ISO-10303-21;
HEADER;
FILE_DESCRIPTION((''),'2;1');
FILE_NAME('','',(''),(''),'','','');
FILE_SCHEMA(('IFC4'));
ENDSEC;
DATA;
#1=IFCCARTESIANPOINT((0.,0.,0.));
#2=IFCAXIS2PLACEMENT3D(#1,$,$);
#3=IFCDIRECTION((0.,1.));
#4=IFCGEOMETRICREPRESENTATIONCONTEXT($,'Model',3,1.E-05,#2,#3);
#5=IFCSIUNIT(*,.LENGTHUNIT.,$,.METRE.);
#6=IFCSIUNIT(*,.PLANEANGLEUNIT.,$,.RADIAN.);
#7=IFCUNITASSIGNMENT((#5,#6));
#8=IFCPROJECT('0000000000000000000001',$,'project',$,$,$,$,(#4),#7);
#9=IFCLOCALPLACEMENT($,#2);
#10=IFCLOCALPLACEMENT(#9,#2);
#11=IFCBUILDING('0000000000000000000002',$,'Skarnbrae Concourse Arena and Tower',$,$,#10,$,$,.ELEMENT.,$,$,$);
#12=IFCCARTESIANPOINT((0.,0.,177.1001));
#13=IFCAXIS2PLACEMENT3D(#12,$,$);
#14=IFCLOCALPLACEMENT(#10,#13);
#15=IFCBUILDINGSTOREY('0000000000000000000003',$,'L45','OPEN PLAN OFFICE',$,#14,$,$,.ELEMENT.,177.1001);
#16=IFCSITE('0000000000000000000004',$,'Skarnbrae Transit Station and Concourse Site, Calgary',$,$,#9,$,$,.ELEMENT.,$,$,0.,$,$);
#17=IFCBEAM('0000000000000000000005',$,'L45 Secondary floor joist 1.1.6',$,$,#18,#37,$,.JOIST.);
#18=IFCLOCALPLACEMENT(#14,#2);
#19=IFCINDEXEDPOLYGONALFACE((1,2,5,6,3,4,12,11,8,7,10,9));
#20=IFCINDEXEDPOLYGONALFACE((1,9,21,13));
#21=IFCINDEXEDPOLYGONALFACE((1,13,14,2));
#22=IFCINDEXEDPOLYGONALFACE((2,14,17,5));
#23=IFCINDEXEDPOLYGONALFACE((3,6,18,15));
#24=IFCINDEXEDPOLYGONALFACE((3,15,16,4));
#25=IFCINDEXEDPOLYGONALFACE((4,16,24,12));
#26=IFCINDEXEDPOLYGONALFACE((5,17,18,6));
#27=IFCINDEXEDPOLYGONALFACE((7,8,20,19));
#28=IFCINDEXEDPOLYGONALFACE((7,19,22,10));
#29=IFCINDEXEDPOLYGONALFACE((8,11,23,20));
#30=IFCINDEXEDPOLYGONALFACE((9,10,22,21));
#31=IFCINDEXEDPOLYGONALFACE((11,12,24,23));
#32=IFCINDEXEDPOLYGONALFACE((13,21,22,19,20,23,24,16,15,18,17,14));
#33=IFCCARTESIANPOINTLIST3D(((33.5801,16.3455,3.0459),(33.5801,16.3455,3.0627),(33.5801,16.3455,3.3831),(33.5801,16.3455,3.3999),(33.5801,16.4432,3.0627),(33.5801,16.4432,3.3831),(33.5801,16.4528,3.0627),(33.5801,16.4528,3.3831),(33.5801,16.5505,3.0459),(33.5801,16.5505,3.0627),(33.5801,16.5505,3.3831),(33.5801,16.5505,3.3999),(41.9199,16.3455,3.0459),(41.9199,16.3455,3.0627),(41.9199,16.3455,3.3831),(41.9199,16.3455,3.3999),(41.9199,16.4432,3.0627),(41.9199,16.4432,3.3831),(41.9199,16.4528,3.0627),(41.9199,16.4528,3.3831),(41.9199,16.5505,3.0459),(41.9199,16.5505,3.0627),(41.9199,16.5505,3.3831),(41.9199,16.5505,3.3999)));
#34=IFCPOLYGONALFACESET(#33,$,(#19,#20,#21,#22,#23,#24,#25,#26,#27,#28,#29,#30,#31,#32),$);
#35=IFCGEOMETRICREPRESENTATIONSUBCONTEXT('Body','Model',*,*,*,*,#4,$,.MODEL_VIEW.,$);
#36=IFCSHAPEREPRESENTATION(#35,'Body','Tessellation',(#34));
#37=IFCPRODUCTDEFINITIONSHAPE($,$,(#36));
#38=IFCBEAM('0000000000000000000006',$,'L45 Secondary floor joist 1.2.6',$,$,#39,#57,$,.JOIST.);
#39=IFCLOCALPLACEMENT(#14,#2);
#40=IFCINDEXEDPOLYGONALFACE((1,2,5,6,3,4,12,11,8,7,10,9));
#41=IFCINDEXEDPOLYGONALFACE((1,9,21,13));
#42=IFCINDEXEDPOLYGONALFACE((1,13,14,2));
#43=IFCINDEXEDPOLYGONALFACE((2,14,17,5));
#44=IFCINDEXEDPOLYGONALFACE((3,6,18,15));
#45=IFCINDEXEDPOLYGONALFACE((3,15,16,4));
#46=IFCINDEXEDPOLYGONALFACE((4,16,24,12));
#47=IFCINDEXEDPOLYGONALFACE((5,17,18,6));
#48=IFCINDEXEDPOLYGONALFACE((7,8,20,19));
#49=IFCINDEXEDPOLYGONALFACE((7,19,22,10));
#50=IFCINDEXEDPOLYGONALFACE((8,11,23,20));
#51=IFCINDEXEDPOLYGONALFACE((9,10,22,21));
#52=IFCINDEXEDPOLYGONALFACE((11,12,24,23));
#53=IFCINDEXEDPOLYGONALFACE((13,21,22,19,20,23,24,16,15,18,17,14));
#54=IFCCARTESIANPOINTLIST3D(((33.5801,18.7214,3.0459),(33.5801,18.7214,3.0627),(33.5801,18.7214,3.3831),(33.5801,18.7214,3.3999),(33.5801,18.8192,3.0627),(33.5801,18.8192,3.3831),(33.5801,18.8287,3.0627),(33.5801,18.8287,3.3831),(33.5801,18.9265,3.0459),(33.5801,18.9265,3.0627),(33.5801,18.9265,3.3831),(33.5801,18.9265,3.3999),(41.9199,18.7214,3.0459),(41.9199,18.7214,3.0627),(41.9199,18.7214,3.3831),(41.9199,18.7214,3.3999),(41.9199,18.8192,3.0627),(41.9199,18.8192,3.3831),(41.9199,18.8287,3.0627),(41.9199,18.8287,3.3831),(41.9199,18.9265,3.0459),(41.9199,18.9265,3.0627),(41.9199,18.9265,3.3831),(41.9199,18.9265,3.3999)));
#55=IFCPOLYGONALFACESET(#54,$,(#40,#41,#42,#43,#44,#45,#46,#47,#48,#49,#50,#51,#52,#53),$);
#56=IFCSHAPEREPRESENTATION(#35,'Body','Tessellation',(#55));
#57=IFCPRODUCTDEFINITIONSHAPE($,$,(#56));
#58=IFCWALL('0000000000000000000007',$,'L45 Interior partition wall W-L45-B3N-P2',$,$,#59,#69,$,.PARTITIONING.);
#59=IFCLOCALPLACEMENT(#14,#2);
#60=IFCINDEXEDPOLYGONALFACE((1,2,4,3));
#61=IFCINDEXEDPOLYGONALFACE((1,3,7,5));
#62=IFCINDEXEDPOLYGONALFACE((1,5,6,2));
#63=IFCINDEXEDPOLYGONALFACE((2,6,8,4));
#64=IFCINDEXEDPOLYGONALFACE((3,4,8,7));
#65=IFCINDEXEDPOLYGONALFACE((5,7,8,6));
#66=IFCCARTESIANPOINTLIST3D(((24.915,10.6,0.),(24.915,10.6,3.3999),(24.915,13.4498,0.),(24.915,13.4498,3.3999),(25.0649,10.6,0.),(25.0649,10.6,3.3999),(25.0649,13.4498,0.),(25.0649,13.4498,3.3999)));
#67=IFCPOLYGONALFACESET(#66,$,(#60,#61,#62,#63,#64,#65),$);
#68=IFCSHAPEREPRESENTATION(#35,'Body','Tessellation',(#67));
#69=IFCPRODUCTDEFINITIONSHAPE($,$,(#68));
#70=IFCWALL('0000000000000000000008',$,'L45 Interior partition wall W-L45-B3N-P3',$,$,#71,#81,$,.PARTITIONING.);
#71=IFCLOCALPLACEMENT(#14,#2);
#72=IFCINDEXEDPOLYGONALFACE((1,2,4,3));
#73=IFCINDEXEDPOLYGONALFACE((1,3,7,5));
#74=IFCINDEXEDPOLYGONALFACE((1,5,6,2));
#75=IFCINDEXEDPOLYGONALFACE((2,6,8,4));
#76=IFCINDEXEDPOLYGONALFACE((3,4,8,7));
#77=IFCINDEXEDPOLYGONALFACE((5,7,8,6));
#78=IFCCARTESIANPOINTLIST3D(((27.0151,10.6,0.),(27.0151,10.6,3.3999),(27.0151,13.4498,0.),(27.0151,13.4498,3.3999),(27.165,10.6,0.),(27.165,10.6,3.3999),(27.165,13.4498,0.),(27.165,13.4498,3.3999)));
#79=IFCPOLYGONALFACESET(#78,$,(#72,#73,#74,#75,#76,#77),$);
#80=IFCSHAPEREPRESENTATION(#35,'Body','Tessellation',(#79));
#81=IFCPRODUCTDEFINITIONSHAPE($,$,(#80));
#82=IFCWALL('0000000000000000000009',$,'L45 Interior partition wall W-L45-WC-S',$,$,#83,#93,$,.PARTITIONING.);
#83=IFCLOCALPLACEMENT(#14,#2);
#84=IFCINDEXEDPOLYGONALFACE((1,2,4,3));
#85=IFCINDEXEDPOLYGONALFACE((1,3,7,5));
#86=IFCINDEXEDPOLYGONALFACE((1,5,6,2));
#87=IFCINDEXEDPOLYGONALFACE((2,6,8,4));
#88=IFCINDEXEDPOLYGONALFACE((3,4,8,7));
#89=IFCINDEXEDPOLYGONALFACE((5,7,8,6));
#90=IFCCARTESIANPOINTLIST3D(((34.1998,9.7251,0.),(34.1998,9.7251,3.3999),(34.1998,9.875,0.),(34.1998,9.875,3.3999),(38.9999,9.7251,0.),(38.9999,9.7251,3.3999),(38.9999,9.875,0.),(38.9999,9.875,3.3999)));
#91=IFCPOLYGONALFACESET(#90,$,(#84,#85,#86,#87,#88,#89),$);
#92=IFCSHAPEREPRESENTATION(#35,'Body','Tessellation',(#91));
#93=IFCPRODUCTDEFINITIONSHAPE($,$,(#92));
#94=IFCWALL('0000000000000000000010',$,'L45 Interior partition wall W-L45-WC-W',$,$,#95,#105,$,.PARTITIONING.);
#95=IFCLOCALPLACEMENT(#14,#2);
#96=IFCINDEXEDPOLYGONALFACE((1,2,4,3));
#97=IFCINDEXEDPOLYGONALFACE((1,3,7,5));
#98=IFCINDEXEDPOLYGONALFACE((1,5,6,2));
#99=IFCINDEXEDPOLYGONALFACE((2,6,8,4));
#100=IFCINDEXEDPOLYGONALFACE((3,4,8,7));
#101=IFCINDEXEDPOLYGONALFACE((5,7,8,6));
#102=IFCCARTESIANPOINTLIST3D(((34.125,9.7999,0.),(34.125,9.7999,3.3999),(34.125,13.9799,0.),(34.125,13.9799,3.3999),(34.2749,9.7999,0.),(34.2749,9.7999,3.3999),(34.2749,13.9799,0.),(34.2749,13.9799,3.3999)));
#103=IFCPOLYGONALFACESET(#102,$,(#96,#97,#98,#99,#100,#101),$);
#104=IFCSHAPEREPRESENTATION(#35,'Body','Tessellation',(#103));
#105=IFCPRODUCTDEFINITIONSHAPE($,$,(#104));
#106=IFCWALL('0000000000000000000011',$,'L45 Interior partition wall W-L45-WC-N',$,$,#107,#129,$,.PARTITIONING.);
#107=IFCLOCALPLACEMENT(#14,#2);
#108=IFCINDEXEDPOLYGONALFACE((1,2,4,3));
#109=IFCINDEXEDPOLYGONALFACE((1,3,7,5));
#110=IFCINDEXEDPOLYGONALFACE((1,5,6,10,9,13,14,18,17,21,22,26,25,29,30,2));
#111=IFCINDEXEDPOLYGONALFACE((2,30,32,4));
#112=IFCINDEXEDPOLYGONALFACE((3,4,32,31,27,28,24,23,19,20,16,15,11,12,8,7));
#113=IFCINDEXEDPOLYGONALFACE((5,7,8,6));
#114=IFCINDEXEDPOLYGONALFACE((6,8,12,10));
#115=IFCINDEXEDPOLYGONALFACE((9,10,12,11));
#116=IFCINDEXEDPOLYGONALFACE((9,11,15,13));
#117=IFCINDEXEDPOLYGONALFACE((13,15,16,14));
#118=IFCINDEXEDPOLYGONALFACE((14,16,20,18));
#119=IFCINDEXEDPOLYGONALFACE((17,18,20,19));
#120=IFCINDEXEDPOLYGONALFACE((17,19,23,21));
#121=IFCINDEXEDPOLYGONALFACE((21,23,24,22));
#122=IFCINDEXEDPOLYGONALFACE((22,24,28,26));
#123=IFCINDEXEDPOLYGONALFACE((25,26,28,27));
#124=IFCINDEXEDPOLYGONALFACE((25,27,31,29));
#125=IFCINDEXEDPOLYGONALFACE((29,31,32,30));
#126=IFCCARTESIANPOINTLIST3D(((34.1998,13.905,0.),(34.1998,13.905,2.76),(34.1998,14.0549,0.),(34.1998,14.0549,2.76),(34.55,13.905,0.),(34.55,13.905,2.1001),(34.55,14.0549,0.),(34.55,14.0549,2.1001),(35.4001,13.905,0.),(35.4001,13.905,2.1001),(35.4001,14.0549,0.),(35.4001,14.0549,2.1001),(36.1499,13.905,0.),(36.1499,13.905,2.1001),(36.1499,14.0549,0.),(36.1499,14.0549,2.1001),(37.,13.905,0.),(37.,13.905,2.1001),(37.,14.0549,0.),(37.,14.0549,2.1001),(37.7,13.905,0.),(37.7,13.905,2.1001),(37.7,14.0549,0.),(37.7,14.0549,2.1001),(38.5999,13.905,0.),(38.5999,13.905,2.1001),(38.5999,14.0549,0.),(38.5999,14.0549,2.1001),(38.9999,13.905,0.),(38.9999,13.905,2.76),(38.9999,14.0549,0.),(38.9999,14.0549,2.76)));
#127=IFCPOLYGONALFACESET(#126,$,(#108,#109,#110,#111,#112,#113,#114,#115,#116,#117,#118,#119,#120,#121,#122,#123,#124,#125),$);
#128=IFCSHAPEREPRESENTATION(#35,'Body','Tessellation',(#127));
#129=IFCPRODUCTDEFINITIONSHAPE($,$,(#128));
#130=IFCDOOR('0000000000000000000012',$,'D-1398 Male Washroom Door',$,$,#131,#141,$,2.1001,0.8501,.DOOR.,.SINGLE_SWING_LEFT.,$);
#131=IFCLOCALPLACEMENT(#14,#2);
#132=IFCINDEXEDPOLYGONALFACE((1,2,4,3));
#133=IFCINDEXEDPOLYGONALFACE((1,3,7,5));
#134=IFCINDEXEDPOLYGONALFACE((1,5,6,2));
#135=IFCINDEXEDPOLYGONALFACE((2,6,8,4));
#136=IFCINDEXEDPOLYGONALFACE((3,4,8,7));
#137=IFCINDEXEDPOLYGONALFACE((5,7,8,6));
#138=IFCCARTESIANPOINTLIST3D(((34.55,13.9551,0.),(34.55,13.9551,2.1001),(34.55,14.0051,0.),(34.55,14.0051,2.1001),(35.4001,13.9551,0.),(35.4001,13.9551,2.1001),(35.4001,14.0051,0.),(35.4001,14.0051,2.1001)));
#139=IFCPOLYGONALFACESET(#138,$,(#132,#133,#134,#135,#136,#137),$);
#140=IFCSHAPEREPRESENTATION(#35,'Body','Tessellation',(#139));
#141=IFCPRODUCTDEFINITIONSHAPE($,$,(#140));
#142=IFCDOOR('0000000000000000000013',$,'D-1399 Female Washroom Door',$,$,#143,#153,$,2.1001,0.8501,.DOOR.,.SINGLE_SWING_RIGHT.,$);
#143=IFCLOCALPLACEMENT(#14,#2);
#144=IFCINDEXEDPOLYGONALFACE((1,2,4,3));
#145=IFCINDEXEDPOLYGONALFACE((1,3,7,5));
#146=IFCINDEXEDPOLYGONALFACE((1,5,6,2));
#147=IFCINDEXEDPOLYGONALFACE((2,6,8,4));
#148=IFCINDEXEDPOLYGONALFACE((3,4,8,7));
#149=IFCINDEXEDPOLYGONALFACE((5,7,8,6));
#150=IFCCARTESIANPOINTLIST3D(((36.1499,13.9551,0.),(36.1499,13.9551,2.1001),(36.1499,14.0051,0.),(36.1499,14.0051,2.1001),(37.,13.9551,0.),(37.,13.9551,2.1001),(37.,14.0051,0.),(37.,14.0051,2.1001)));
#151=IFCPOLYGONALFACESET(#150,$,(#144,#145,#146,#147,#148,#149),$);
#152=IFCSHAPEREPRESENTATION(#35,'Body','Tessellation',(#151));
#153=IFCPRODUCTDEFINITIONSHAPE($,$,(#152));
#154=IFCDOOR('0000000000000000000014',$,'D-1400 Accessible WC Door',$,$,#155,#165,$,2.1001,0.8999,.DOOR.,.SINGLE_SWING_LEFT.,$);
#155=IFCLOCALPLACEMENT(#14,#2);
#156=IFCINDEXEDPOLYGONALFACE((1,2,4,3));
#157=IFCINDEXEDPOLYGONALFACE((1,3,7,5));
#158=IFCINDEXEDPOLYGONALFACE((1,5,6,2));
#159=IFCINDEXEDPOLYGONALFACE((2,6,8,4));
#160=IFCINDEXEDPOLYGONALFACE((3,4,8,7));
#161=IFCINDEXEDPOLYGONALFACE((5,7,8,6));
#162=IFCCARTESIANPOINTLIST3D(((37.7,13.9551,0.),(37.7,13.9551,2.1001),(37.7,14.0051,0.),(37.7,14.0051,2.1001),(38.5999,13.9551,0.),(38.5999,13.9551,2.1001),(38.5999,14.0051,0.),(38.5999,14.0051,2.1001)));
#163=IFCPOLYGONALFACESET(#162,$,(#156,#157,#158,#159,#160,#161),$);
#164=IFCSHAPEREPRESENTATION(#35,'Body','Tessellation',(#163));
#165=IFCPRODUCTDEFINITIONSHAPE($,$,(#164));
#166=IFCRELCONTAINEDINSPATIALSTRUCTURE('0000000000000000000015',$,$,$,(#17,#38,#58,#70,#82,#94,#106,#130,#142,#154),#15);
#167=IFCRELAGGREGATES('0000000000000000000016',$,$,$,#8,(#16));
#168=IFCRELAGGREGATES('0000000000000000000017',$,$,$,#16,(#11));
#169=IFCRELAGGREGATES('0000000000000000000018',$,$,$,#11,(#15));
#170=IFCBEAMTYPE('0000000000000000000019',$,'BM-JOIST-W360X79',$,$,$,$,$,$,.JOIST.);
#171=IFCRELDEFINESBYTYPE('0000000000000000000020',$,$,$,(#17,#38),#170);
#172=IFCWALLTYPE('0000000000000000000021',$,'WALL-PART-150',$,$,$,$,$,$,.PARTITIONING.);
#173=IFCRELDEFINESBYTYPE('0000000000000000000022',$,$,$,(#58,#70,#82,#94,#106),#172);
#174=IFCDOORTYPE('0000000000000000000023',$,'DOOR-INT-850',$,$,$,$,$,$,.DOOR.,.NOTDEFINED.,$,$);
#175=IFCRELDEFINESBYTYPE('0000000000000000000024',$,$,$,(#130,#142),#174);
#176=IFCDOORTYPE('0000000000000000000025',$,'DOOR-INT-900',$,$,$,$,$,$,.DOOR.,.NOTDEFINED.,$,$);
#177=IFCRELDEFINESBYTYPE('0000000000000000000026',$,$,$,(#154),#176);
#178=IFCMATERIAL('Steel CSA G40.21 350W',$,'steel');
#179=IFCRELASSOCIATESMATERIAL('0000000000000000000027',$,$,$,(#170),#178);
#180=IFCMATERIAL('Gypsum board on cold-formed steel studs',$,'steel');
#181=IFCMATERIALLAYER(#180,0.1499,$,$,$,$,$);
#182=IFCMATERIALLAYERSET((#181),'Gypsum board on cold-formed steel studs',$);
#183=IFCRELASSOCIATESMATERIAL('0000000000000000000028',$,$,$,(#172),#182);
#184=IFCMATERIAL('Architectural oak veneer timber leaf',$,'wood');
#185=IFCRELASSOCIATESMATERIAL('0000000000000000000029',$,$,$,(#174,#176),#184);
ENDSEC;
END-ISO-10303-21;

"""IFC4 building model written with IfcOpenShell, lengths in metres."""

from ifc_helpers import new_model, si_unit, direction, frame, frame_2d, origin, origin_2d, place, context, subcontext, project, spatial, rectangle, i_section, extrude, source, transform, mapped, material, layer, layer_set, material_profile, profile_set, type_object, element, fill, save


model = new_model("IFC4")

# Units and contexts
model_context = context("Model", 3, precision=1e-05, world=origin(), true_north=direction((0.0, 1.0)))
body_context = subcontext(model_context, "Body", "Model", "MODEL_VIEW")
ifc_project = project(units=[si_unit("LENGTHUNIT", "METRE"), si_unit("PLANEANGLEUNIT", "RADIAN")], contexts=[model_context])

# Site, building, storey
site_placement = place(None, origin())
site = spatial("IfcSite", under=ifc_project, at=site_placement, Name="Skarnbrae Transit Station and Concourse Site, Calgary", CompositionType="ELEMENT", RefElevation=0.0)
building_placement = place(site_placement, origin())
building = spatial("IfcBuilding", under=site, at=building_placement, Name="Skarnbrae Concourse Arena and Tower", CompositionType="ELEMENT")
storey_placement = place(building_placement, frame((0.0, 0.0, 177.1001)))
storey = spatial("IfcBuildingStorey", under=building, at=storey_placement, Name="L45", Description="OPEN PLAN OFFICE", CompositionType="ELEMENT", Elevation=177.1001)

# Shared definitions
ifc_material_1 = material(Name="Steel CSA G40.21 350W", Category="steel")

# Beams
ifc_material_profile_1 = material_profile(ifc_material_1, i_section(OverallWidth=0.2051, OverallDepth=0.354, WebThickness=0.0095, FlangeThickness=0.0168, at=origin_2d()), Name="W360X79")
ifc_profile_set_1 = profile_set([ifc_material_profile_1], Name="Steel CSA G40.21 350W")
beam_type_1 = type_object("IfcBeamType", Name="BM-JOIST-W360X79", PredefinedType="JOIST", material=ifc_profile_set_1)
shared_shape_1 = source(origin(), body_context, "Body", "SweptSolid", [
    extrude(i_section(OverallWidth=0.2051, OverallDepth=0.354, WebThickness=0.0095, FlangeThickness=0.0168, at=origin_2d()), origin(), (0.0, 0.0, 1.0), 8.3398),
])
for number, where, z_axis, x_axis, name in (
    (1, (33.5801, 16.448, 3.2229), (1.0, 0.0, 0.0), (0.0, 1.0, 0.0), "L45 Secondary floor joist 1.1.6"),
    (2, (33.5801, 18.824, 3.2229), (1.0, 0.0, 0.0), (0.0, 1.0, 0.0), "L45 Secondary floor joist 1.2.6"),
):
    element("IfcBeam", number, at=place(storey_placement, frame(where, z_axis=z_axis, x_axis=x_axis)), inside=storey, type_object=beam_type_1, Name=name, PredefinedType="JOIST", context=body_context, shape_type="MappedRepresentation", body=[
        mapped(shared_shape_1, transform((0.0, 0.0, 0.0))),
    ])

# Walls
ifc_material_2 = material(Name="Gypsum board on cold-formed steel studs", Category="steel")
ifc_layer_1 = layer(ifc_material_2, 0.1499)
ifc_layer_set_1 = layer_set([ifc_layer_1], Name="Gypsum board on cold-formed steel studs")
wall_type_1 = type_object("IfcWallType", Name="WALL-PART-150", PredefinedType="PARTITIONING", material=ifc_layer_set_1)
shared_shape_2 = source(origin(), body_context, "Body", "SweptSolid", [
    extrude(rectangle(XDim=2.8499, YDim=0.1499, at=frame_2d((1.4248, 0.0))), origin(), (0.0, 0.0, 1.0), 3.3999),
])
for number, where, z_axis, x_axis, name in (
    (3, (24.99, 10.6001, 0.0), (0.0, 0.0, 1.0), (0.0, 1.0, 0.0), "L45 Interior partition wall W-L45-B3N-P2"),
    (4, (27.0901, 10.6001, 0.0), (0.0, 0.0, 1.0), (0.0, 1.0, 0.0), "L45 Interior partition wall W-L45-B3N-P3"),
):
    element("IfcWall", number, at=place(storey_placement, frame(where, z_axis=z_axis, x_axis=x_axis)), inside=storey, type_object=wall_type_1, Name=name, PredefinedType="PARTITIONING", context=body_context, shape_type="MappedRepresentation", body=[
        mapped(shared_shape_2, transform((0.0, 0.0, 0.0))),
    ])
shared_shape_3 = source(origin(), body_context, "Body", "SweptSolid", [
    extrude(rectangle(XDim=4.8, YDim=0.1499, at=frame_2d((2.3999, 0.0))), origin(), (0.0, 0.0, 1.0), 3.3999),
])
wall_1_placement = place(storey_placement, frame((34.2, 9.8, 0.0), z_axis=(0.0, 0.0, 1.0), x_axis=(1.0, 0.0, 0.0)))
element("IfcWall", 5, at=wall_1_placement, inside=storey, type_object=wall_type_1, Name="L45 Interior partition wall W-L45-WC-S", PredefinedType="PARTITIONING", context=body_context, shape_type="MappedRepresentation", body=[
    mapped(shared_shape_3, transform((0.0, 0.0, 0.0))),
])
shared_shape_4 = source(origin(), body_context, "Body", "SweptSolid", [
    extrude(rectangle(XDim=4.1799, YDim=0.1499, at=frame_2d((2.0898, 0.0))), origin(), (0.0, 0.0, 1.0), 3.3999),
])
wall_2_placement = place(storey_placement, frame((34.2, 9.8, 0.0), z_axis=(0.0, 0.0, 1.0), x_axis=(0.0, 1.0, 0.0)))
element("IfcWall", 6, at=wall_2_placement, inside=storey, type_object=wall_type_1, Name="L45 Interior partition wall W-L45-WC-W", PredefinedType="PARTITIONING", context=body_context, shape_type="MappedRepresentation", body=[
    mapped(shared_shape_4, transform((0.0, 0.0, 0.0))),
])

# Wall, openings, doors
shared_shape_5 = source(origin(), body_context, "Body", "SweptSolid", [
    extrude(rectangle(XDim=4.8, YDim=0.1499, at=frame_2d((2.3999, 0.0))), origin(), (0.0, 0.0, 1.0), 2.76),
])
wall_3_placement = place(storey_placement, frame((34.2, 13.98, 0.0), z_axis=(0.0, 0.0, 1.0), x_axis=(1.0, 0.0, 0.0)))
wall_3 = element("IfcWall", 7, at=wall_3_placement, inside=storey, type_object=wall_type_1, Name="L45 Interior partition wall W-L45-WC-N", PredefinedType="PARTITIONING", context=body_context, shape_type="MappedRepresentation", body=[
    mapped(shared_shape_5, transform((0.0, 0.0, 0.0))),
])
opening_1_placement = place(wall_3_placement, frame((0.3501, 0.0, 0.0)))
opening_1 = element("IfcOpeningElement", 8, at=opening_1_placement, cuts=wall_3, PredefinedType="OPENING", context=body_context, shape_type="SweptSolid", body=[
    extrude(rectangle(XDim=0.8501, YDim=2.1001, at=frame_2d((0.425, 1.05))), frame((0.0, 0.085, 0.0), z_axis=(0.0, -1.0, 0.0), x_axis=(1.0, 0.0, 0.0)), (0.0, 0.0, 1.0), 0.1699),
])
opening_2_placement = place(wall_3_placement, frame((1.95, 0.0, 0.0)))
opening_2 = element("IfcOpeningElement", 9, at=opening_2_placement, cuts=wall_3, PredefinedType="OPENING", context=body_context, shape_type="SweptSolid", body=[
    extrude(rectangle(XDim=0.8501, YDim=2.1001, at=frame_2d((0.425, 1.05))), frame((0.0, 0.085, 0.0), z_axis=(0.0, -1.0, 0.0), x_axis=(1.0, 0.0, 0.0)), (0.0, 0.0, 1.0), 0.1699),
])
opening_3_placement = place(wall_3_placement, frame((3.5, 0.0, 0.0)))
opening_3 = element("IfcOpeningElement", 10, at=opening_3_placement, cuts=wall_3, PredefinedType="OPENING", context=body_context, shape_type="SweptSolid", body=[
    extrude(rectangle(XDim=0.8999, YDim=2.1001, at=frame_2d((0.45, 1.05))), frame((0.0, 0.085, 0.0), z_axis=(0.0, -1.0, 0.0), x_axis=(1.0, 0.0, 0.0)), (0.0, 0.0, 1.0), 0.1699),
])
ifc_material_3 = material(Name="Architectural oak veneer timber leaf", Category="wood")
door_type_1 = type_object("IfcDoorType", Name="DOOR-INT-850", OperationType="NOTDEFINED", PredefinedType="DOOR", material=ifc_material_3)
shared_shape_6 = source(origin(), body_context, "Body", "SweptSolid", [
    extrude(rectangle(XDim=0.8501, YDim=2.1001, at=frame_2d((0.425, 1.05))), frame((0.0, 0.0249, 0.0), z_axis=(0.0, -1.0, 0.0), x_axis=(1.0, 0.0, 0.0)), (0.0, 0.0, 1.0), 0.05),
])
door_1_placement = place(opening_1_placement, frame((0.8501, 0.0, 0.0), z_axis=(0.0, 0.0, 1.0), x_axis=(-1.0, 0.0, 0.0)))
door_1 = element("IfcDoor", 11, at=door_1_placement, inside=storey, type_object=door_type_1, Name="D-1398 Male Washroom Door", OperationType="SINGLE_SWING_LEFT", OverallHeight=2.1001, OverallWidth=0.8501, PredefinedType="DOOR", context=body_context, shape_type="MappedRepresentation", body=[
    mapped(shared_shape_6, transform((0.0, 0.0, 0.0))),
])
fill(opening_1, door_1)
door_2_placement = place(opening_2_placement, frame((0.8501, 0.0, 0.0), z_axis=(0.0, 0.0, 1.0), x_axis=(-1.0, 0.0, 0.0)))
door_2 = element("IfcDoor", 12, at=door_2_placement, inside=storey, type_object=door_type_1, Name="D-1399 Female Washroom Door", OperationType="SINGLE_SWING_RIGHT", OverallHeight=2.1001, OverallWidth=0.8501, PredefinedType="DOOR", context=body_context, shape_type="MappedRepresentation", body=[
    mapped(shared_shape_6, transform((0.0, 0.0, 0.0))),
])
fill(opening_2, door_2)
door_type_2 = type_object("IfcDoorType", Name="DOOR-INT-900", OperationType="NOTDEFINED", PredefinedType="DOOR", material=ifc_material_3)
shared_shape_7 = source(origin(), body_context, "Body", "SweptSolid", [
    extrude(rectangle(XDim=0.8999, YDim=2.1001, at=frame_2d((0.45, 1.05))), frame((0.0, 0.0249, 0.0), z_axis=(0.0, -1.0, 0.0), x_axis=(1.0, 0.0, 0.0)), (0.0, 0.0, 1.0), 0.05),
])
door_3_placement = place(opening_3_placement, frame((0.8999, 0.0, 0.0), z_axis=(0.0, 0.0, 1.0), x_axis=(-1.0, 0.0, 0.0)))
door_3 = element("IfcDoor", 13, at=door_3_placement, inside=storey, type_object=door_type_2, Name="D-1400 Accessible WC Door", OperationType="SINGLE_SWING_LEFT", OverallHeight=2.1001, OverallWidth=0.8999, PredefinedType="DOOR", context=body_context, shape_type="MappedRepresentation", body=[
    mapped(shared_shape_7, transform((0.0, 0.0, 0.0))),
])
fill(opening_3, door_3)

save(model, "model.ifc")
